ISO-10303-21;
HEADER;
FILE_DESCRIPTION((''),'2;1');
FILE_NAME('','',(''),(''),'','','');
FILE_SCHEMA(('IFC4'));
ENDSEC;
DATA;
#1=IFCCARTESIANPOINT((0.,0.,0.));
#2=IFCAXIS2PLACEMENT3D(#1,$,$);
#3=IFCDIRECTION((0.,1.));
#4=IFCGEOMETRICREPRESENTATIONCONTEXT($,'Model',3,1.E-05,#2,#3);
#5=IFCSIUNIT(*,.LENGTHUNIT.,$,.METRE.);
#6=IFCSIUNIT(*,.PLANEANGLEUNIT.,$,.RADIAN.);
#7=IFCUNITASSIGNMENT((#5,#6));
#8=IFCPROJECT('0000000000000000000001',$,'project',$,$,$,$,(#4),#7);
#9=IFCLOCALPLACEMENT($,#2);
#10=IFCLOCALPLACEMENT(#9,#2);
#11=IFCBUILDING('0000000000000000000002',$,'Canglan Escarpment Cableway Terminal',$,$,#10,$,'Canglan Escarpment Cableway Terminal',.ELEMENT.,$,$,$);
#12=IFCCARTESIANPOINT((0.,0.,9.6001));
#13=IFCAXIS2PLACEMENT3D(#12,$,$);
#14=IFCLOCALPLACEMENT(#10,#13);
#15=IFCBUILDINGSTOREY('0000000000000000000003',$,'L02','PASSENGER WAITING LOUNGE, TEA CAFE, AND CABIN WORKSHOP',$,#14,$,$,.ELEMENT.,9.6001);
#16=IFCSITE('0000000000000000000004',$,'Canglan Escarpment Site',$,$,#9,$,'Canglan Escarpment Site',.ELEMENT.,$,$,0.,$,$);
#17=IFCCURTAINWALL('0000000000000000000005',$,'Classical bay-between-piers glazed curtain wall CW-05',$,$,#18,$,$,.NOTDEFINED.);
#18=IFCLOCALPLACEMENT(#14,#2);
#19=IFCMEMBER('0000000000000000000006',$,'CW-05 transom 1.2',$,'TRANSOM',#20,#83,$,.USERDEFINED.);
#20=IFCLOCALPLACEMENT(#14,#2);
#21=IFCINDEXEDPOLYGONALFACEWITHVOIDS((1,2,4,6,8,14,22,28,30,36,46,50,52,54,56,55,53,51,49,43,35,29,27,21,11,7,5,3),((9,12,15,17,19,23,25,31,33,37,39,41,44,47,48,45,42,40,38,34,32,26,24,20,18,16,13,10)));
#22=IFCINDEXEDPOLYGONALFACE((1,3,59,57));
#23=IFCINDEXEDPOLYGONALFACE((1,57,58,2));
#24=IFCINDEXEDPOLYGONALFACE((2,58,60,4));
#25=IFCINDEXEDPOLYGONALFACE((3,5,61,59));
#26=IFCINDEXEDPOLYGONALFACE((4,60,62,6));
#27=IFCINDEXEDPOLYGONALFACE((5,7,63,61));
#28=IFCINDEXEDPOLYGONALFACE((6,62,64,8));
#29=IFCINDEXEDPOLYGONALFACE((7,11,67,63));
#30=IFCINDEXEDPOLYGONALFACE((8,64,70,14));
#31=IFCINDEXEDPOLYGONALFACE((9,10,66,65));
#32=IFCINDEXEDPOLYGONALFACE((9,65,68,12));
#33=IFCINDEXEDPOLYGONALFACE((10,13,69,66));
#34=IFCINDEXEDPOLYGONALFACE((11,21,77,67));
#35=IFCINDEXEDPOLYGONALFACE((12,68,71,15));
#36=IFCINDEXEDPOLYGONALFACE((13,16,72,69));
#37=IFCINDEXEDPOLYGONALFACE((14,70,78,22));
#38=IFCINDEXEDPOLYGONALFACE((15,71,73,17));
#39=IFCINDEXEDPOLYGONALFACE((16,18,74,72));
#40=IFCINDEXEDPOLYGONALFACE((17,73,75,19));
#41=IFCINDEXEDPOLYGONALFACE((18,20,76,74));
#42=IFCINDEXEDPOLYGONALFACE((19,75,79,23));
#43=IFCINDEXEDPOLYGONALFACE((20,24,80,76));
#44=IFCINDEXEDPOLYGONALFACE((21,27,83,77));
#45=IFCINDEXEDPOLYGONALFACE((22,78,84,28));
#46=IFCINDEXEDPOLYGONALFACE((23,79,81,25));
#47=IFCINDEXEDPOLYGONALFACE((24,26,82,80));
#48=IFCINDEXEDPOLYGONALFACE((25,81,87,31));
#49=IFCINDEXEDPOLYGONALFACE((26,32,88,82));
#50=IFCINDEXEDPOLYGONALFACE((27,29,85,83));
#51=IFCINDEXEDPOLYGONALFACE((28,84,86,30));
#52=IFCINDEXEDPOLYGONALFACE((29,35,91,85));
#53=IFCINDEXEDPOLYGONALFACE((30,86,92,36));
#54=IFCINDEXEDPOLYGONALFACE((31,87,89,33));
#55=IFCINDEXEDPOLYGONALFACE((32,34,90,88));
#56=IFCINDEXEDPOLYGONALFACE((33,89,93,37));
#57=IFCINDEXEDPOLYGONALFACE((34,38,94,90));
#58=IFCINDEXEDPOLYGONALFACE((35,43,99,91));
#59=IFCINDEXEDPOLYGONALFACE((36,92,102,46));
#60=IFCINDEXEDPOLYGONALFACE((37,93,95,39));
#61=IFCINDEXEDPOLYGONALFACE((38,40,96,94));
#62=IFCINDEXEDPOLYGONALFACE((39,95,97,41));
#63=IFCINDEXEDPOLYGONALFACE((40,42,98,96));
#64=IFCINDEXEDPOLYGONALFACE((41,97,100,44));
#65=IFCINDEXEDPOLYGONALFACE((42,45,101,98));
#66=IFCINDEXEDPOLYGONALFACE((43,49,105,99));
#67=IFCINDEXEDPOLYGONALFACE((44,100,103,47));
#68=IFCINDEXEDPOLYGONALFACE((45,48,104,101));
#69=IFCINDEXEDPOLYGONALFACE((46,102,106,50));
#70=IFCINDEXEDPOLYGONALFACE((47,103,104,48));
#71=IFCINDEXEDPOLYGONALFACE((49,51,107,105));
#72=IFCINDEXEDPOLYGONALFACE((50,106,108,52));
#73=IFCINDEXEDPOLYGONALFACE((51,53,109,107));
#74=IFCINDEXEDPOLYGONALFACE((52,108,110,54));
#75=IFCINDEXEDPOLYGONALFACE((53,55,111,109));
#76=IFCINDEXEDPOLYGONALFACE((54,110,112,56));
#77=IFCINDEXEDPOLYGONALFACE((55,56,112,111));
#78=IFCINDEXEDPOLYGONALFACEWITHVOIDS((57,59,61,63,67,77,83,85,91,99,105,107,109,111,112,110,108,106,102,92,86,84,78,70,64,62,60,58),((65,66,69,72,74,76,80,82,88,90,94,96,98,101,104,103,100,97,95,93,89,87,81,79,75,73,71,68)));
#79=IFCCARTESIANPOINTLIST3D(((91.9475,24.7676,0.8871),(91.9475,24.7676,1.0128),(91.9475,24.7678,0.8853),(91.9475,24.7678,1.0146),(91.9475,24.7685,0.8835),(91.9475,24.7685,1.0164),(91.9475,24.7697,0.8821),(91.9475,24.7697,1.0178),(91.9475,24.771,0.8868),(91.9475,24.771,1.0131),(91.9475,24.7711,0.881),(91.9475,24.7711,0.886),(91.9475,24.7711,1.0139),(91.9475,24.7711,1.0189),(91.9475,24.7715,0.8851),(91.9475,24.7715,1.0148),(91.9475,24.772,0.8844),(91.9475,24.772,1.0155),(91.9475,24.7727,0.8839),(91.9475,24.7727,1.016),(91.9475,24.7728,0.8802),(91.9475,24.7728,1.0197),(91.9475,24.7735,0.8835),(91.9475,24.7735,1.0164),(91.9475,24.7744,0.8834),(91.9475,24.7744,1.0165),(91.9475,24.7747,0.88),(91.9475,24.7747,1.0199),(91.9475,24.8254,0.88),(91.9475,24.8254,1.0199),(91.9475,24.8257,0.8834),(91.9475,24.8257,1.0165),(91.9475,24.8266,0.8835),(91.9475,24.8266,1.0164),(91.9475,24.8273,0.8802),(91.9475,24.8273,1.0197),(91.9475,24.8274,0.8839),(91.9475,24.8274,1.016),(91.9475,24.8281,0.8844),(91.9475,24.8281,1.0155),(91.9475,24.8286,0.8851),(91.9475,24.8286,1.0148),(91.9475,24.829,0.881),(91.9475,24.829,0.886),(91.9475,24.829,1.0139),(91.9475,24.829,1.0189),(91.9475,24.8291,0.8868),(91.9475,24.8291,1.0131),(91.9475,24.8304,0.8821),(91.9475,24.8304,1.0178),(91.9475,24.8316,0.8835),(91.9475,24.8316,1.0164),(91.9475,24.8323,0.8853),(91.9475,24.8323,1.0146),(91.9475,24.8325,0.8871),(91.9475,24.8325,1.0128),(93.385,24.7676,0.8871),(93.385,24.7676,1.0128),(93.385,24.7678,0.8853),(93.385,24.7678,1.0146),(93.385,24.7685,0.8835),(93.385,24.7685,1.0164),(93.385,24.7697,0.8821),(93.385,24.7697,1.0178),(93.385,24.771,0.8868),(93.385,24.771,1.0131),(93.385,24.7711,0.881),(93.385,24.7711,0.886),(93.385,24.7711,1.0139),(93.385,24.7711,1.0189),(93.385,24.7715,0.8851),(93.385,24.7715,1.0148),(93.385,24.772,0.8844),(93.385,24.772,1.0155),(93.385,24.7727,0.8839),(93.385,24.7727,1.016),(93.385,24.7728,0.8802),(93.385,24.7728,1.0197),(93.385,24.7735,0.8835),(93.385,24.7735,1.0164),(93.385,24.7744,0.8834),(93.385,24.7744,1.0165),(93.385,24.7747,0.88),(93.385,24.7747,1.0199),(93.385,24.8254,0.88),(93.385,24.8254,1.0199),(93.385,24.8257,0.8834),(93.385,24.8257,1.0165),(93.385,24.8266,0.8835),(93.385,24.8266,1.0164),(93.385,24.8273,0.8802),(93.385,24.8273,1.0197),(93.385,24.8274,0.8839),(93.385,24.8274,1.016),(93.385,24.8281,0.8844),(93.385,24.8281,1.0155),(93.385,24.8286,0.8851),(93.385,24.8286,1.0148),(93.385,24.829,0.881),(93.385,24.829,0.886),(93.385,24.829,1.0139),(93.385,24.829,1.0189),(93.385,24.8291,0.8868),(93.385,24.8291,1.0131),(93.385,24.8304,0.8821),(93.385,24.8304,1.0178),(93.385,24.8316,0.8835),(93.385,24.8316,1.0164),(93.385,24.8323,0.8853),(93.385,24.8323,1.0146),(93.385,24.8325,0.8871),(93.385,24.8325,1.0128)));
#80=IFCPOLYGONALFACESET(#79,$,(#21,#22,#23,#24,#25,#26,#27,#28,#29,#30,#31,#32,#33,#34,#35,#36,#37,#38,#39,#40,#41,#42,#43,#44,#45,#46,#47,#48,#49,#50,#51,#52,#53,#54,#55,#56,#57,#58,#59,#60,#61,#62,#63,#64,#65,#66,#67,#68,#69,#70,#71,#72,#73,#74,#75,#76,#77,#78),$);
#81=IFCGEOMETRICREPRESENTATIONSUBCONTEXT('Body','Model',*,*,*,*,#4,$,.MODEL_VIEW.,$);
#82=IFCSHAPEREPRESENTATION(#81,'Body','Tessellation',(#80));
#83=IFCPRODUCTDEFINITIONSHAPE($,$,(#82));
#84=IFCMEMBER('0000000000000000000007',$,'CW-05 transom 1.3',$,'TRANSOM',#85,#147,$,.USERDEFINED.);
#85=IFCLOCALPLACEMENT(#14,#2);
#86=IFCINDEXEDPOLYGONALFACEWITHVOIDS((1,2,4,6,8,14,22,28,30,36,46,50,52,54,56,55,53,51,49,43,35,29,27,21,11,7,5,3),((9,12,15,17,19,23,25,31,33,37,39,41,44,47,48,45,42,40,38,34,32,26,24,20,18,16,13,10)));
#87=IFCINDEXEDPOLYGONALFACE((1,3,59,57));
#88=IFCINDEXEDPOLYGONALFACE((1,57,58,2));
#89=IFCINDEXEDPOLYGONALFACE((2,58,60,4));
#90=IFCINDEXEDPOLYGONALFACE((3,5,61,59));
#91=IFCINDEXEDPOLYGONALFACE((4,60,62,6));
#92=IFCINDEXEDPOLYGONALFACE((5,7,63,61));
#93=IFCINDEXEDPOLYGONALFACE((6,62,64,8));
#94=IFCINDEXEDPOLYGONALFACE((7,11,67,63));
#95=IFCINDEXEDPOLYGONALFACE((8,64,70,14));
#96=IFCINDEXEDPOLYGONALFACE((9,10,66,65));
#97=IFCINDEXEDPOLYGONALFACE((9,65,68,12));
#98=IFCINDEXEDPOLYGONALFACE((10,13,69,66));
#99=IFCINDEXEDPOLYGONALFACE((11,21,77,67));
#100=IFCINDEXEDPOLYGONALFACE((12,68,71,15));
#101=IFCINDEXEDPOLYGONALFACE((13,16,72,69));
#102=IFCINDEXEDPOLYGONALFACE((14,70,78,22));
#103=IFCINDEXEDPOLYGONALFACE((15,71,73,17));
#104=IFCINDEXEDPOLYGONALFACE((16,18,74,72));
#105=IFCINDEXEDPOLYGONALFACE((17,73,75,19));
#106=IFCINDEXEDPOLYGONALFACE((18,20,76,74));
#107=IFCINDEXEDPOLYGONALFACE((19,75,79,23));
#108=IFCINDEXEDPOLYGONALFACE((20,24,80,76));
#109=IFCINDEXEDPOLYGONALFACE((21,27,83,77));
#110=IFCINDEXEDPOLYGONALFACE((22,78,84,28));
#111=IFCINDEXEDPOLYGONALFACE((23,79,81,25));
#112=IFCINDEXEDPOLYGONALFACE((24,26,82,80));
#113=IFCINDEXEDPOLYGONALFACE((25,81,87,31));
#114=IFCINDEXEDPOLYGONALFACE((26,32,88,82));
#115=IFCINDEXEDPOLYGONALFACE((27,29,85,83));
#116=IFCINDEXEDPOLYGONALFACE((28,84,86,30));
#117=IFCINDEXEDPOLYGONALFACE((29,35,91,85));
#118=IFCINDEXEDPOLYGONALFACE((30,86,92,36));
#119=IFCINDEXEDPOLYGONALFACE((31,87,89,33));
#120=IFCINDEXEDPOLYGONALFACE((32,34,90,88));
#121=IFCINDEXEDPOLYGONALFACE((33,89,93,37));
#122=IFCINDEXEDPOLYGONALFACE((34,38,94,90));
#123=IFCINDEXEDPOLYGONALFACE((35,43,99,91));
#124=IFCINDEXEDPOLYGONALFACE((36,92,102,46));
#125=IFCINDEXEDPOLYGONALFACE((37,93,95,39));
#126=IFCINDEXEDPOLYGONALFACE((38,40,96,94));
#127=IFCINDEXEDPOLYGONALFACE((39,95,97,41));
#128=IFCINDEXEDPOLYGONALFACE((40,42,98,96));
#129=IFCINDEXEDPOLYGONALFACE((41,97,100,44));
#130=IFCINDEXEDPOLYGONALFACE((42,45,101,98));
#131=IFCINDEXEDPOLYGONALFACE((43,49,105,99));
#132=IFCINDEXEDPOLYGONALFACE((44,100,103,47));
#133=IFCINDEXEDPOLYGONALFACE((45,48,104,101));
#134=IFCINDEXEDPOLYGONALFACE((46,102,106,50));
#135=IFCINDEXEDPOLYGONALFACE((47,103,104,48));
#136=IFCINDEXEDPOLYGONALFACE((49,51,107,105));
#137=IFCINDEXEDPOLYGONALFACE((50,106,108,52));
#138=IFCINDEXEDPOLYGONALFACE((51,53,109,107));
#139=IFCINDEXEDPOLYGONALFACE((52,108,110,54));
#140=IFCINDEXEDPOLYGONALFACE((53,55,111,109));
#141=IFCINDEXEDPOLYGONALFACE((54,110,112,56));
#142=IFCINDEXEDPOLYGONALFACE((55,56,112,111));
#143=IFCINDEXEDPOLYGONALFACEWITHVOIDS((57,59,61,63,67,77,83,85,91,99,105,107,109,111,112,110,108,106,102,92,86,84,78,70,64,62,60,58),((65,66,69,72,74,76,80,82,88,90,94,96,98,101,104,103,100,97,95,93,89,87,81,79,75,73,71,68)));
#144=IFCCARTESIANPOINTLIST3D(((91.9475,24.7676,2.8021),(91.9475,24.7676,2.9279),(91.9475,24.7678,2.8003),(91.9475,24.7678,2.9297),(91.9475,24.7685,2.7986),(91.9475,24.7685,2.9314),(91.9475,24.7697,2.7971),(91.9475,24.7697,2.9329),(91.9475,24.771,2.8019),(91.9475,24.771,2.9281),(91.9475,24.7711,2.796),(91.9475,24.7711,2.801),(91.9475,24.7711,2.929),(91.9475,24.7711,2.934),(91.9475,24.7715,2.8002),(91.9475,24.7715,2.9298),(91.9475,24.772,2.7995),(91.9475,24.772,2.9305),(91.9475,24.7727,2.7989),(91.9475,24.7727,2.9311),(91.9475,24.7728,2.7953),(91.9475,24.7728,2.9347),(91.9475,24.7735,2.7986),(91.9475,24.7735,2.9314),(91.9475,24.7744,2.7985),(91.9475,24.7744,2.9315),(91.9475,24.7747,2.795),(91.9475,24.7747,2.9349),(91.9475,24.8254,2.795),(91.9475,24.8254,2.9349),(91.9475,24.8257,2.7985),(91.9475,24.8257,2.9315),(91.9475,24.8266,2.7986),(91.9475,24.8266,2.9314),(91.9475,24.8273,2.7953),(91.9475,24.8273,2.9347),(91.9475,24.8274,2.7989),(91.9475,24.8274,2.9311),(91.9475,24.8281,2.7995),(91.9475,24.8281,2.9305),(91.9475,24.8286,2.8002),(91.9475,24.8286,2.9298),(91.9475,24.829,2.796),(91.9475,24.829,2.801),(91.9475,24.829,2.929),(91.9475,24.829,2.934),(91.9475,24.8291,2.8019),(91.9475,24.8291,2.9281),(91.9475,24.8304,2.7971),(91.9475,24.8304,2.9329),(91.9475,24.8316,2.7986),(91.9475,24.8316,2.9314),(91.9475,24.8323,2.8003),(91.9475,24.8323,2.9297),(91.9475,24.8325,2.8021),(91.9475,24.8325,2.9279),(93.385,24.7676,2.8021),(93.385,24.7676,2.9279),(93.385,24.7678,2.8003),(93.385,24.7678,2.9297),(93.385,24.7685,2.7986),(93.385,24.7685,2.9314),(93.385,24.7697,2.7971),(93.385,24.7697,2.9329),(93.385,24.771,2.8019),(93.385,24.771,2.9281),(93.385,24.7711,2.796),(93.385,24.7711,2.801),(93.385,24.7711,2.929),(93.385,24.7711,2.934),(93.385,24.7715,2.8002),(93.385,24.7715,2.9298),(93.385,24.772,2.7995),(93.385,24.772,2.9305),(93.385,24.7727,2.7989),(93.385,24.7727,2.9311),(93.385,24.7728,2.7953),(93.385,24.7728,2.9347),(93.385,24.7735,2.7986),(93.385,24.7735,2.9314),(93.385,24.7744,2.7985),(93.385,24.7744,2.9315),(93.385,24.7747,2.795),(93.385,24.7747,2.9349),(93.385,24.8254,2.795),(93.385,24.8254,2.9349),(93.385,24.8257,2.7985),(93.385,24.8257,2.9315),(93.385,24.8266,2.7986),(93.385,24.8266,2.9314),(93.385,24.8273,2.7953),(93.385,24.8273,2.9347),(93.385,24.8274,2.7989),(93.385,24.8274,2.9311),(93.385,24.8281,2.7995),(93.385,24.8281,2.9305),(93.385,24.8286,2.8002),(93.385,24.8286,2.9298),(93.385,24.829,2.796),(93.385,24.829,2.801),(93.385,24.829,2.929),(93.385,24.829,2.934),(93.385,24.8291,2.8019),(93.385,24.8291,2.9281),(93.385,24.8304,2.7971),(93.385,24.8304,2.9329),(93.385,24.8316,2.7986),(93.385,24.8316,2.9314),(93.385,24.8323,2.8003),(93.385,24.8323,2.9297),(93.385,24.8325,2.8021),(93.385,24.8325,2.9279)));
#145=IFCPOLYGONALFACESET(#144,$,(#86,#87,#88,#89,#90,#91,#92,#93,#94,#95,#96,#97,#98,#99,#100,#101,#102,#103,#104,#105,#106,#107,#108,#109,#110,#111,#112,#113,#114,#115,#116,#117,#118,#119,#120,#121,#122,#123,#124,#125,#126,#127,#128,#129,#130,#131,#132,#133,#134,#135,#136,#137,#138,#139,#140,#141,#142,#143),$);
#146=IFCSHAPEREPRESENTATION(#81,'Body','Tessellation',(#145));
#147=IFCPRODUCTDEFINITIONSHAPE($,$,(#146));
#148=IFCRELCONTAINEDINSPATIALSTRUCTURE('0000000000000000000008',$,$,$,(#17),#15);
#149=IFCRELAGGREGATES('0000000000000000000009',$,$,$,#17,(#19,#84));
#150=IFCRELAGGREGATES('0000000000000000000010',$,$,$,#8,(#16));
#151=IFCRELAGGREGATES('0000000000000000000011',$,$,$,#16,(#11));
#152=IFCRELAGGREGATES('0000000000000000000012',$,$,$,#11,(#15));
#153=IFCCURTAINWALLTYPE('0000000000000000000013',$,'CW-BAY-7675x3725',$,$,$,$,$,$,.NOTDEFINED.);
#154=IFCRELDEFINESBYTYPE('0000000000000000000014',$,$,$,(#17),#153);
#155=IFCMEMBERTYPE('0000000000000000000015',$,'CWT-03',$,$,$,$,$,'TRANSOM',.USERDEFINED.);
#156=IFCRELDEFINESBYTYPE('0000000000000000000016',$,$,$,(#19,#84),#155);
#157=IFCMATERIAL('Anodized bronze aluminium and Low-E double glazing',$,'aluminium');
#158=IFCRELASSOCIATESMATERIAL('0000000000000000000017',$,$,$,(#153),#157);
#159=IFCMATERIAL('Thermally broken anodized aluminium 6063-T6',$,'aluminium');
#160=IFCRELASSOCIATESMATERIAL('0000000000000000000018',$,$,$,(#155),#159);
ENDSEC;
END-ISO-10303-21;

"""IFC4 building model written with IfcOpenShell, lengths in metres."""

from ifc_helpers import new_model, si_unit, direction, frame, origin, origin_2d, place, context, subcontext, project, spatial, hollow_rectangle, extrude, material, material_profile, profile_set, type_object, element, aggregate, save


model = new_model("IFC4")

# Units and contexts
model_context = context("Model", 3, precision=1e-05, world=origin(), true_north=direction((0.0, 1.0)))
body_context = subcontext(model_context, "Body", "Model", "MODEL_VIEW")
ifc_project = project(units=[si_unit("LENGTHUNIT", "METRE"), si_unit("PLANEANGLEUNIT", "RADIAN")], contexts=[model_context])

# Site, building, storey
site_placement = place(None, origin())
site = spatial("IfcSite", under=ifc_project, at=site_placement, Name="Canglan Escarpment Site", LongName="Canglan Escarpment Site", CompositionType="ELEMENT", RefElevation=0.0)
building_placement = place(site_placement, origin())
building = spatial("IfcBuilding", under=site, at=building_placement, Name="Canglan Escarpment Cableway Terminal", LongName="Canglan Escarpment Cableway Terminal", CompositionType="ELEMENT")
storey_placement = place(building_placement, frame((0.0, 0.0, 9.6001)))
storey = spatial("IfcBuildingStorey", under=building, at=storey_placement, Name="L02", Description="PASSENGER WAITING LOUNGE, TEA CAFE, AND CABIN WORKSHOP", CompositionType="ELEMENT", Elevation=9.6001)

# Curtain wall, members
ifc_material_1 = material(Name="Anodized bronze aluminium and Low-E double glazing", Category="aluminium")
curtain_wall_type = type_object("IfcCurtainWallType", Name="CW-BAY-7675x3725", PredefinedType="NOTDEFINED", material=ifc_material_1)
curtain_wall_placement = place(storey_placement, origin())
curtain_wall = element("IfcCurtainWall", 1, at=curtain_wall_placement, inside=storey, type_object=curtain_wall_type, Name="Classical bay-between-piers glazed curtain wall CW-05", PredefinedType="NOTDEFINED")
ifc_material_2 = material(Name="Thermally broken anodized aluminium 6063-T6", Category="aluminium")
ifc_material_profile_1 = material_profile(ifc_material_2, hollow_rectangle(XDim=0.0649, YDim=0.1399, WallThickness=0.0034, InnerFilletRadius=0.0034, OuterFilletRadius=0.0071, at=origin_2d()), Name="ALU-TRAN 65x140x3.5")
ifc_profile_set_1 = profile_set([ifc_material_profile_1], Name="Thermally broken anodized aluminium 6063-T6")
member_type_1 = type_object("IfcMemberType", Name="CWT-03", ElementType="TRANSOM", PredefinedType="USERDEFINED", material=ifc_profile_set_1)
member_1_placement = place(storey_placement, frame((93.385, 24.8, 0.95), z_axis=(-1.0, 0.0, 0.0), x_axis=(0.0, -1.0, 0.0)))
member_1 = element("IfcMember", 2, at=member_1_placement, type_object=member_type_1, Name="CW-05 transom 1.2", ObjectType="TRANSOM", PredefinedType="USERDEFINED", context=body_context, shape_type="SweptSolid", body=[
    extrude(hollow_rectangle(XDim=0.0649, YDim=0.1399, WallThickness=0.0034, InnerFilletRadius=0.0034, OuterFilletRadius=0.0071, at=origin_2d()), origin(), (0.0, 0.0, 1.0), 1.4375),
])
member_2_placement = place(storey_placement, frame((93.385, 24.8, 2.865), z_axis=(-1.0, 0.0, 0.0), x_axis=(0.0, -1.0, 0.0)))
member_2 = element("IfcMember", 3, at=member_2_placement, type_object=member_type_1, Name="CW-05 transom 1.3", ObjectType="TRANSOM", PredefinedType="USERDEFINED", context=body_context, shape_type="SweptSolid", body=[
    extrude(hollow_rectangle(XDim=0.0649, YDim=0.1399, WallThickness=0.0034, InnerFilletRadius=0.0034, OuterFilletRadius=0.0071, at=origin_2d()), origin(), (0.0, 0.0, 1.0), 1.4375),
])
aggregate(curtain_wall, [member_1, member_2])

save(model, "model.ifc")
